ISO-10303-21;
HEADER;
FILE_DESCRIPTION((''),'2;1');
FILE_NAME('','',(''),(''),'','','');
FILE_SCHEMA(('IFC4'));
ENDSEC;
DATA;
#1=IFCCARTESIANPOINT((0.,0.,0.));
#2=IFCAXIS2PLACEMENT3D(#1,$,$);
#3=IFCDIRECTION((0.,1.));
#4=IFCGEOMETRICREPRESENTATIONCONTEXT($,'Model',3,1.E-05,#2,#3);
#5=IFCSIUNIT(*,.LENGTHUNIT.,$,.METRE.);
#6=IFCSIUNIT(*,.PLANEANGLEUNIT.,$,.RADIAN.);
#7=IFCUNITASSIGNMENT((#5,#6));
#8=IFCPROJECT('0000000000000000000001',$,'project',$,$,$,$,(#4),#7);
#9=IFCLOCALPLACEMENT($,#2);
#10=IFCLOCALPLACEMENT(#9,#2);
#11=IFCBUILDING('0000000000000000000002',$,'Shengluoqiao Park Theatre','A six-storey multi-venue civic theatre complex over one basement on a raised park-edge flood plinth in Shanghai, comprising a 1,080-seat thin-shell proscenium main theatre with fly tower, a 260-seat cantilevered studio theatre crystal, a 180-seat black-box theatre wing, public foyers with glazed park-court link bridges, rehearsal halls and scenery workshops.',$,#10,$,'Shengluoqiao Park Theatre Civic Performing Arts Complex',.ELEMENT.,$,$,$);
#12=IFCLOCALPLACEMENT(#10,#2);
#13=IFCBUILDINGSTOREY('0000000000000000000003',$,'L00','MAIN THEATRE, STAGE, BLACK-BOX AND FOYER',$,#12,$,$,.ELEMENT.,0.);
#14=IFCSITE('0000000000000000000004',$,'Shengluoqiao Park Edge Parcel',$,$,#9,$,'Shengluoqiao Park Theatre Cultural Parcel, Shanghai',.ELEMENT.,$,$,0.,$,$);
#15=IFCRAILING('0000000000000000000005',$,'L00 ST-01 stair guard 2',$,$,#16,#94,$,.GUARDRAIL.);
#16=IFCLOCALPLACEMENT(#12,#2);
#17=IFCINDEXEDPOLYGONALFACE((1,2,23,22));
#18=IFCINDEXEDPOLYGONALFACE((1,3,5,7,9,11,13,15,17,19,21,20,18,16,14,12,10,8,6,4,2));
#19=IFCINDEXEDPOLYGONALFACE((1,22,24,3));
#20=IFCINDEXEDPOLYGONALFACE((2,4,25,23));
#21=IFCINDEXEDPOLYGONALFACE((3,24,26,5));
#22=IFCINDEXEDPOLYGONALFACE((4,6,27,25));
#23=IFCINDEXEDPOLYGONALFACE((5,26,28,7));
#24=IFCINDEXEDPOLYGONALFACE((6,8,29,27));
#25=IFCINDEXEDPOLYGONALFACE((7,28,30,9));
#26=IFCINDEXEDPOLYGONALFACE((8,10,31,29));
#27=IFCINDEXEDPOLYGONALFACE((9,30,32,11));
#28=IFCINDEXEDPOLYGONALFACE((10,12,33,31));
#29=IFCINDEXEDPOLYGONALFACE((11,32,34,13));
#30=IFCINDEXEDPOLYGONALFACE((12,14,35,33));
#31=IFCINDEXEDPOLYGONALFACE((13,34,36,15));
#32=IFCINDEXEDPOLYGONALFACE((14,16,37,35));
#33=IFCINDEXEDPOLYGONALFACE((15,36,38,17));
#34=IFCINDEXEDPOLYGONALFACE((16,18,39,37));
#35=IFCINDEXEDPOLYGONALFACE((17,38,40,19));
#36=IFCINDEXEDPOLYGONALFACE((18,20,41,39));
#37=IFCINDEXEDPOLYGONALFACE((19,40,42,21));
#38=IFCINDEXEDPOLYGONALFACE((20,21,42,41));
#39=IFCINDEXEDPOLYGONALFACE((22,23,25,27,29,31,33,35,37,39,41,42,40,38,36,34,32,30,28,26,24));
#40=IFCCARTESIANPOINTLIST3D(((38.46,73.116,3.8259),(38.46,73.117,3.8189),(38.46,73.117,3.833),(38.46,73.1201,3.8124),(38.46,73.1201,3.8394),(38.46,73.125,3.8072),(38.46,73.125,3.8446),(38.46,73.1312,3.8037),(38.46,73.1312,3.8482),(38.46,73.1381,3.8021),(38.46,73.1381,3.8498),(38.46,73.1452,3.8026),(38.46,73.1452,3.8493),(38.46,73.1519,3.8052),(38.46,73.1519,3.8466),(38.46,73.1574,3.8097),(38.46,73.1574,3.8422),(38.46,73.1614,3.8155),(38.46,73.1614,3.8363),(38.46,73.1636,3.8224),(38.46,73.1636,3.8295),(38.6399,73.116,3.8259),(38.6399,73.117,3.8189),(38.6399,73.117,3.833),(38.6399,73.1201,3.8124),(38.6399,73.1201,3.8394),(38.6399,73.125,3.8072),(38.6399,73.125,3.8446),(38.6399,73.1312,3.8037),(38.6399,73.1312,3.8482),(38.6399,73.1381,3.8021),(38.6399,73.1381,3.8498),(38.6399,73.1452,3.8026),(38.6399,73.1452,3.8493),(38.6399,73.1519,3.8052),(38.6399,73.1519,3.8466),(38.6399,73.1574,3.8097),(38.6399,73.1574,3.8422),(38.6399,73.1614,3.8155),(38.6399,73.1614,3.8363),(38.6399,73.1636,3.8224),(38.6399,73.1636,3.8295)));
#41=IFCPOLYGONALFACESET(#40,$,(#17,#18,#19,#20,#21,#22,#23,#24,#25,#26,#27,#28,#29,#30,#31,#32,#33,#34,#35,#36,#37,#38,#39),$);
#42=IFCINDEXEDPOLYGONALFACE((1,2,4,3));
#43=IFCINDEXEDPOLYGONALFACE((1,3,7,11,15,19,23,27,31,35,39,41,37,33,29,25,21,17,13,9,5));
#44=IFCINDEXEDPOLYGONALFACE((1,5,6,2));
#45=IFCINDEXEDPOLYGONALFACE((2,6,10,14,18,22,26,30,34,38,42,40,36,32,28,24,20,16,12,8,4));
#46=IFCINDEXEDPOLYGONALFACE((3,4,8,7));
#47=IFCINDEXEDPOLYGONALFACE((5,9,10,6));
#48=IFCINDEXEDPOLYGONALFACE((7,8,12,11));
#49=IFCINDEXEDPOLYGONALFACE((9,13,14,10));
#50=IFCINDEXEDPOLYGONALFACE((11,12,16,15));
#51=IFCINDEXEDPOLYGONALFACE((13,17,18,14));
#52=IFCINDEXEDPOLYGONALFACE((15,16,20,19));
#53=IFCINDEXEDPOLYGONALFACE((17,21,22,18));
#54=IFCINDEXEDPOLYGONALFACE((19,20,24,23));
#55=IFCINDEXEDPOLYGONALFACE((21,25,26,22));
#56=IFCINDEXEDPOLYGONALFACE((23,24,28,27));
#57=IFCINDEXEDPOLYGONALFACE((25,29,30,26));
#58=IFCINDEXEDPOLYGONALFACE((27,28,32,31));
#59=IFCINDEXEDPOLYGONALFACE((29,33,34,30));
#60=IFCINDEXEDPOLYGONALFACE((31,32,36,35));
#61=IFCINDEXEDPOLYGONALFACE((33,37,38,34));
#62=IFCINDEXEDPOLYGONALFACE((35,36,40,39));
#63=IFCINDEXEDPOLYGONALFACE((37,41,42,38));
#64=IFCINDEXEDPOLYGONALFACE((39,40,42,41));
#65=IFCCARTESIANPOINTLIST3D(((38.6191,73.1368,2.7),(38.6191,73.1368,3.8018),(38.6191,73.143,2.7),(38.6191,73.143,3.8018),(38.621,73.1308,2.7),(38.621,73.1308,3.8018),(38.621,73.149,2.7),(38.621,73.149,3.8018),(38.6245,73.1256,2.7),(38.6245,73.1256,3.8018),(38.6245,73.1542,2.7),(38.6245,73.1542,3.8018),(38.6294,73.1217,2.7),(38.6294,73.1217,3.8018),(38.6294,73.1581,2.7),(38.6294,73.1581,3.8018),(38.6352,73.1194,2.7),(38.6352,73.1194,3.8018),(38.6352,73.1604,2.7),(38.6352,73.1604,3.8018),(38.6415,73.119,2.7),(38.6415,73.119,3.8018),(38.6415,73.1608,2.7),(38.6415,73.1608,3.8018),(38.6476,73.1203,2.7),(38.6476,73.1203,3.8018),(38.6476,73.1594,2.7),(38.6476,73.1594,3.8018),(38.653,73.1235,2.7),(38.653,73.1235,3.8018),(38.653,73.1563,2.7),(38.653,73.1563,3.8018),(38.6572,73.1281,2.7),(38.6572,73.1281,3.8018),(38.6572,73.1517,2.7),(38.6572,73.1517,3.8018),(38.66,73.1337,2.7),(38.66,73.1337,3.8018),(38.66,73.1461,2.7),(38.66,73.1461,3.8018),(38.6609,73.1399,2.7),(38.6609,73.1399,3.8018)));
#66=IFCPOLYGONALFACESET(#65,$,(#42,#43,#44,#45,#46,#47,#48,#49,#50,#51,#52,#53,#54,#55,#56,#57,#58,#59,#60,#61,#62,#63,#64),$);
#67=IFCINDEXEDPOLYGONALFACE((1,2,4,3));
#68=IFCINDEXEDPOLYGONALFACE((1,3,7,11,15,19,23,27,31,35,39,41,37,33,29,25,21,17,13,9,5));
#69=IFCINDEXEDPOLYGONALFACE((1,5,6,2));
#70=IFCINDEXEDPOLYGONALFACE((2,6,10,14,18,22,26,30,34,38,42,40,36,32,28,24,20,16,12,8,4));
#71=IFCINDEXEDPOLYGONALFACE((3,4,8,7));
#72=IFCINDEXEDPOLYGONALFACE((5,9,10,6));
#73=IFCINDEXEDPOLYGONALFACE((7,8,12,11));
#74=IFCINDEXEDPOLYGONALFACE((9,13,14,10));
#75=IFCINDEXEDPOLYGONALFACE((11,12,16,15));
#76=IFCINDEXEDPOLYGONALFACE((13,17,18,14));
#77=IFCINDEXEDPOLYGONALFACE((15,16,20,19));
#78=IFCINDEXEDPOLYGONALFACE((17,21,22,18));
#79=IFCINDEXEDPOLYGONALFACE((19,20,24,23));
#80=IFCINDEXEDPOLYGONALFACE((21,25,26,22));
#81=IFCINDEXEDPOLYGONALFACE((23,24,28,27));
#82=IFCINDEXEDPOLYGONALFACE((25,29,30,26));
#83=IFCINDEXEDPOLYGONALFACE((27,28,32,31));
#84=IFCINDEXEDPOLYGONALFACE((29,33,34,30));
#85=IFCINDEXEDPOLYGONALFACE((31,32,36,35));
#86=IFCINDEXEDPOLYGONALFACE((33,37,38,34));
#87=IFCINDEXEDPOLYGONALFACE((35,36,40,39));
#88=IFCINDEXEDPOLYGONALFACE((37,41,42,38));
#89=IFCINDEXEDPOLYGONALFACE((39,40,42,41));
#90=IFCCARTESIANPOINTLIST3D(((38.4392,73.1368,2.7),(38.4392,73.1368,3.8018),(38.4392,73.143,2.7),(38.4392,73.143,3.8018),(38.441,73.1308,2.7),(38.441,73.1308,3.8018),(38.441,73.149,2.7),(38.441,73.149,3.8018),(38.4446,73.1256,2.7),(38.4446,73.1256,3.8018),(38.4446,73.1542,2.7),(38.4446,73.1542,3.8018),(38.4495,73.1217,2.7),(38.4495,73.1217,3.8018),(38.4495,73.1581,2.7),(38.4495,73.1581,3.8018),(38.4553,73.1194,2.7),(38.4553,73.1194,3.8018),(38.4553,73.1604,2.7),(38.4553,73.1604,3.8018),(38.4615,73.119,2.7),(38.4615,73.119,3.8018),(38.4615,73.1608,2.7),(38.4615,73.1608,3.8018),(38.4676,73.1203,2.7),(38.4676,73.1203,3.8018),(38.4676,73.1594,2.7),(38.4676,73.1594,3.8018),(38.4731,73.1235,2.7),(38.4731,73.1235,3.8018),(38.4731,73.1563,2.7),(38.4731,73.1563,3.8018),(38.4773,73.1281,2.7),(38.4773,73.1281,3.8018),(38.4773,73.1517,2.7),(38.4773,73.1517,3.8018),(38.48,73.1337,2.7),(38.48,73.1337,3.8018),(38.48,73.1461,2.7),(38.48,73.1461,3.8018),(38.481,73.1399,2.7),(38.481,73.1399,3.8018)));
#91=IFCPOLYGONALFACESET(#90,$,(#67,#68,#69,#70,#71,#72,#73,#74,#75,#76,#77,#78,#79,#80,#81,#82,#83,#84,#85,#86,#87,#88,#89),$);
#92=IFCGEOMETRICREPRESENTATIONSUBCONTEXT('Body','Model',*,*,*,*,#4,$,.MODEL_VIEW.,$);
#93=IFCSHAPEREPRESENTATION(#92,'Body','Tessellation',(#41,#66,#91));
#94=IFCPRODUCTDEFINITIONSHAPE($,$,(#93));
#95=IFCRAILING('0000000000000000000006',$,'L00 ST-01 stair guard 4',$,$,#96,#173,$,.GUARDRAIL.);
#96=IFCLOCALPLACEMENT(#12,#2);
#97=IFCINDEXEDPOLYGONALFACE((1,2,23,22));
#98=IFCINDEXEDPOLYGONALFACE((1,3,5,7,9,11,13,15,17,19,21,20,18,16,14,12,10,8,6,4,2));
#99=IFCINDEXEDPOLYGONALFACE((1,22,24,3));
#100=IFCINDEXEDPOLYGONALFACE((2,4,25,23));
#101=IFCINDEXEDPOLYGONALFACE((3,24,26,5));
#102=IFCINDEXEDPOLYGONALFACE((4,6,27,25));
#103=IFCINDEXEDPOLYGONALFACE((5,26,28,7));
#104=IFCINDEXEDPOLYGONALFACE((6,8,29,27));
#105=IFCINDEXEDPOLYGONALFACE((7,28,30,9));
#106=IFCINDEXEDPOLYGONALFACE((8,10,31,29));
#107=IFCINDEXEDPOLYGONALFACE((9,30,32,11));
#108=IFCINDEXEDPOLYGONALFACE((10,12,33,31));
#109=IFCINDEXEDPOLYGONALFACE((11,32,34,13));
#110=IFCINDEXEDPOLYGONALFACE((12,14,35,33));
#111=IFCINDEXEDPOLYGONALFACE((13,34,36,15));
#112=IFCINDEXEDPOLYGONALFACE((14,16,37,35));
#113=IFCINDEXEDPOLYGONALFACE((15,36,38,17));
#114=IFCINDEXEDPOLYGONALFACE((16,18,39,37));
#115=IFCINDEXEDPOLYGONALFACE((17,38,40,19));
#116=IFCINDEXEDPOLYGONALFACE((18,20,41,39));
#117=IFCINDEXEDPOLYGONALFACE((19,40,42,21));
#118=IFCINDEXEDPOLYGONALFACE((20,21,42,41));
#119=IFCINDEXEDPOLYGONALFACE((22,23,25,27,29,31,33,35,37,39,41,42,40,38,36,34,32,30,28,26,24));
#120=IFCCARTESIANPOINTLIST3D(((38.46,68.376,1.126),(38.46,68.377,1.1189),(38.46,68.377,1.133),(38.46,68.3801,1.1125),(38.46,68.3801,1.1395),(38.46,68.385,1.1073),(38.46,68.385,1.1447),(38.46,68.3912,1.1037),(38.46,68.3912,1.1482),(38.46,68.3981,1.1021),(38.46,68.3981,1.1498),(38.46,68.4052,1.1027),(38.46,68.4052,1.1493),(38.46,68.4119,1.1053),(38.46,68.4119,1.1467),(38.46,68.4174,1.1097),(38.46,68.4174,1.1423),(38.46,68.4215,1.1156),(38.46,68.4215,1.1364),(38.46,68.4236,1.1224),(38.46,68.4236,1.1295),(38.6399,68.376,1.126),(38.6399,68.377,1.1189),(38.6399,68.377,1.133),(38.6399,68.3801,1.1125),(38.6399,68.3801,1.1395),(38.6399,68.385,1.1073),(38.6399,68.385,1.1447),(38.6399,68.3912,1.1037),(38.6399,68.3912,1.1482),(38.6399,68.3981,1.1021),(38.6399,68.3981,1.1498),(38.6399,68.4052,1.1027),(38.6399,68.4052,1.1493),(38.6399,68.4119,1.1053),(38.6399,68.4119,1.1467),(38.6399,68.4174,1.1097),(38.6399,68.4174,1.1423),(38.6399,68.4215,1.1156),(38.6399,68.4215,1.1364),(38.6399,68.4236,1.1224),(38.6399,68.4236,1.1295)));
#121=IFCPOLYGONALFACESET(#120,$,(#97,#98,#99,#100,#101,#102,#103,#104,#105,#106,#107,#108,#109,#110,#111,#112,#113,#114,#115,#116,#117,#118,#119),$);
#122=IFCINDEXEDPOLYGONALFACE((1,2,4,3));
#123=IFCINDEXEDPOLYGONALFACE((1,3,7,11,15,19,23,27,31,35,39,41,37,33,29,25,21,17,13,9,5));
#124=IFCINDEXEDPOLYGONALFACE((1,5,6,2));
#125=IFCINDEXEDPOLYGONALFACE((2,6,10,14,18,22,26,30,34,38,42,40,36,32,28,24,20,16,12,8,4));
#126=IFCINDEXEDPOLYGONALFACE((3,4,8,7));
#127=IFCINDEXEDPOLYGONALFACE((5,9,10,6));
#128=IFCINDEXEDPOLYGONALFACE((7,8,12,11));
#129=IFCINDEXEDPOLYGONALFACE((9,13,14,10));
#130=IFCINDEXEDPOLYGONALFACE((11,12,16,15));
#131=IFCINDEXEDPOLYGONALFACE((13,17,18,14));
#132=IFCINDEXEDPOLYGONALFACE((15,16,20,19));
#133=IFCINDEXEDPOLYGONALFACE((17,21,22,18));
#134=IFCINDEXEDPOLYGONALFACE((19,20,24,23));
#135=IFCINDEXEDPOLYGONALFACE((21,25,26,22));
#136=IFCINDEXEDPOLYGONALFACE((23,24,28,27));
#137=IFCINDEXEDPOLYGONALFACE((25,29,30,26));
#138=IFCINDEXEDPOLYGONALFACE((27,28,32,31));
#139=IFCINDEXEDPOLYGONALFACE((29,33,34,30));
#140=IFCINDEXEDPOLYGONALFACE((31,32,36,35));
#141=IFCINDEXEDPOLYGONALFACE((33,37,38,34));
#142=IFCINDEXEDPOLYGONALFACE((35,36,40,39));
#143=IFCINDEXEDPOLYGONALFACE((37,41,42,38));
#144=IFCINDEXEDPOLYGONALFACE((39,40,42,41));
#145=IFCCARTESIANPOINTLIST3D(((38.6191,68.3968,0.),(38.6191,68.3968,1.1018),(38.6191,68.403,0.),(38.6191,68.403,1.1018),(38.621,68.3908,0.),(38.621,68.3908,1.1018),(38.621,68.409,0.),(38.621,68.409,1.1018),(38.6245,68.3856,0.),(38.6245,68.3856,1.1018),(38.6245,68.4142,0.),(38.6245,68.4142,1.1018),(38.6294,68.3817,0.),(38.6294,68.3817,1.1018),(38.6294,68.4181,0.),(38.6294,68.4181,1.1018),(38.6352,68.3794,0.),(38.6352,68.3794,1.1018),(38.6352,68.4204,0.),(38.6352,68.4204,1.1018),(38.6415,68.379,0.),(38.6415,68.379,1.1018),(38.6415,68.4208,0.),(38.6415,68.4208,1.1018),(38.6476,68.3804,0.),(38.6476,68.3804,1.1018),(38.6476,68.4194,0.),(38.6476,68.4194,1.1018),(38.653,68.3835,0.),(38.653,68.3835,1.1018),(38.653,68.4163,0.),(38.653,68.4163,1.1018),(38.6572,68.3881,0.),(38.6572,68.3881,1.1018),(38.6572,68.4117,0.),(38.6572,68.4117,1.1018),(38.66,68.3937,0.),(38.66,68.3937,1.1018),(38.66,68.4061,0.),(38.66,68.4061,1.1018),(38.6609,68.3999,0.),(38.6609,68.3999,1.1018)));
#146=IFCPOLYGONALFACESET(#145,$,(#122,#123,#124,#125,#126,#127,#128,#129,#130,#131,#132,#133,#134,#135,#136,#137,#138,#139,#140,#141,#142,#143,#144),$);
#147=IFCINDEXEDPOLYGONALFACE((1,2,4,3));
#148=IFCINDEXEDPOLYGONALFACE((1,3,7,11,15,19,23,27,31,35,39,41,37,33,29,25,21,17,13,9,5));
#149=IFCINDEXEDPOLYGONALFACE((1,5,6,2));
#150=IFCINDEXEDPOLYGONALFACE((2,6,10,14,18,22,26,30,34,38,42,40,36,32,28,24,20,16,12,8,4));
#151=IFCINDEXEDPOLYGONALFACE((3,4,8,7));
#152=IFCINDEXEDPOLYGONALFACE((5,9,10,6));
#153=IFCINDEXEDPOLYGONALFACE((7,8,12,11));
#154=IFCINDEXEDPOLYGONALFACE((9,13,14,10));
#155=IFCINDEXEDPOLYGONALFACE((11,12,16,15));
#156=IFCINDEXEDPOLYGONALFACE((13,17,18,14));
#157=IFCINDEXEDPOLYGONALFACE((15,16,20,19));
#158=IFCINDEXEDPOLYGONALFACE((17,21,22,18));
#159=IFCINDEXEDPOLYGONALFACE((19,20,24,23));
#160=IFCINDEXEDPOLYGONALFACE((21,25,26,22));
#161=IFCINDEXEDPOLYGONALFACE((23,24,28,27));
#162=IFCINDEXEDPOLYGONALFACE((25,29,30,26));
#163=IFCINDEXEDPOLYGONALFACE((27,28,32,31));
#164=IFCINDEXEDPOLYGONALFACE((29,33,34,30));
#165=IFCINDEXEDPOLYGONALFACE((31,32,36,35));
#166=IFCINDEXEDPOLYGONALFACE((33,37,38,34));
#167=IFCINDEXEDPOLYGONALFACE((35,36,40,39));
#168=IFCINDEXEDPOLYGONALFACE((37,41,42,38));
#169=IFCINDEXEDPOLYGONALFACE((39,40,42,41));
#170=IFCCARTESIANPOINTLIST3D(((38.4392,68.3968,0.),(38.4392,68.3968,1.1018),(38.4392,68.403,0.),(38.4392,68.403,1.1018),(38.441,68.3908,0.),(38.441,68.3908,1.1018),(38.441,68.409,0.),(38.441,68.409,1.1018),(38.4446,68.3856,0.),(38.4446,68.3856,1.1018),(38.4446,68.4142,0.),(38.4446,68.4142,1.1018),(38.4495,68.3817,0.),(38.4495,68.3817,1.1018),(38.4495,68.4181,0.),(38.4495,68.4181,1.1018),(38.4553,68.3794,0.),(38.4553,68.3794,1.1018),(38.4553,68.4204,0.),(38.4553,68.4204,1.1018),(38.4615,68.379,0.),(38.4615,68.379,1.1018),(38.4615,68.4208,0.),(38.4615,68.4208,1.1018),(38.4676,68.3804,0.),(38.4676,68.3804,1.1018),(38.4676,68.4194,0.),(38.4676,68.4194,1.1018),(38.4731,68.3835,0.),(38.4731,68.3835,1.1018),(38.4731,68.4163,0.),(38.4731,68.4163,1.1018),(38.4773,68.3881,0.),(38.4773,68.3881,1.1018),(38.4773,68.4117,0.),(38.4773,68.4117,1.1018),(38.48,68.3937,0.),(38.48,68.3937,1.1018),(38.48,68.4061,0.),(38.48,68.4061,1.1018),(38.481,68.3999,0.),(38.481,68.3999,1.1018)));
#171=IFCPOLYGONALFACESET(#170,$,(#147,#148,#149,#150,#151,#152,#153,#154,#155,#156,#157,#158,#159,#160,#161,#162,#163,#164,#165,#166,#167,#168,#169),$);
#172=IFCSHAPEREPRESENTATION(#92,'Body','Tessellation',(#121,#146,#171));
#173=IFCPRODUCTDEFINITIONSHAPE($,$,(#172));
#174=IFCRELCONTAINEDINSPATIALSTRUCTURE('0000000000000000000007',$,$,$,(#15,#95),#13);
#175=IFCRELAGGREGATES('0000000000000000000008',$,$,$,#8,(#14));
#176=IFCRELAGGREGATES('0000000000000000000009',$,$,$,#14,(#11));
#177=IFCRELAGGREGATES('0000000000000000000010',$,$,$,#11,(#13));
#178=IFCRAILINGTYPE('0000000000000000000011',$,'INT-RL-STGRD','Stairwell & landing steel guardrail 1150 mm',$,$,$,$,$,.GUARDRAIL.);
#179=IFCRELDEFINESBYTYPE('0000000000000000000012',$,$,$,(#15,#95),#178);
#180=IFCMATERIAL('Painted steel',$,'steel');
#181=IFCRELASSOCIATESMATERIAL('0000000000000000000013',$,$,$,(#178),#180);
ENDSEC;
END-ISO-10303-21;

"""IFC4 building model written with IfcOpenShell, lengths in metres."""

from ifc_helpers import new_model, si_unit, direction, frame, origin, origin_2d, place, context, subcontext, project, spatial, circle, extrude, material, type_object, element, save


model = new_model("IFC4")

# Units and contexts
model_context = context("Model", 3, precision=1e-05, world=origin(), true_north=direction((0.0, 1.0)))
body_context = subcontext(model_context, "Body", "Model", "MODEL_VIEW")
ifc_project = project(units=[si_unit("LENGTHUNIT", "METRE"), si_unit("PLANEANGLEUNIT", "RADIAN")], contexts=[model_context])

# Site, building, storey
site_placement = place(None, origin())
site = spatial("IfcSite", under=ifc_project, at=site_placement, Name="Shengluoqiao Park Edge Parcel", LongName="Shengluoqiao Park Theatre Cultural Parcel, Shanghai", CompositionType="ELEMENT", RefElevation=0.0)
building_placement = place(site_placement, origin())
building = spatial("IfcBuilding", under=site, at=building_placement, Name="Shengluoqiao Park Theatre", Description="A six-storey multi-venue civic theatre complex over one basement on a raised park-edge flood plinth in Shanghai, comprising a 1,080-seat thin-shell proscenium main theatre with fly tower, a 260-seat cantilevered studio theatre crystal, a 180-seat black-box theatre wing, public foyers with glazed park-court link bridges, rehearsal halls and scenery workshops.", LongName="Shengluoqiao Park Theatre Civic Performing Arts Complex", CompositionType="ELEMENT")
storey_placement = place(building_placement, origin())
storey = spatial("IfcBuildingStorey", under=building, at=storey_placement, Name="L00", Description="MAIN THEATRE, STAGE, BLACK-BOX AND FOYER", CompositionType="ELEMENT", Elevation=0.0)

# Railings
ifc_material_1 = material(Name="Painted steel", Category="steel")
railing_type_1 = type_object("IfcRailingType", Name="INT-RL-STGRD", Description="Stairwell & landing steel guardrail 1150 mm", PredefinedType="GUARDRAIL", material=ifc_material_1)
for number, where, name in (
    (1, (38.6399, 73.1399, 2.7), "L00 ST-01 stair guard 2"),
    (2, (38.6399, 68.3999, 0.0), "L00 ST-01 stair guard 4"),
):
    element("IfcRailing", number, at=place(storey_placement, frame(where)), inside=storey, type_object=railing_type_1, Name=name, PredefinedType="GUARDRAIL", context=body_context, shape_type="SweptSolid", body=[
        extrude(circle(Radius=0.0239, at=origin_2d()), frame((0.0, 0.0, 1.126), z_axis=(-1.0, 0.0, 0.0), x_axis=(0.0, -1.0, 0.0)), (0.0, 0.0, 1.0), 0.1799),
        extrude(circle(Radius=0.021, at=origin_2d()), origin(), (0.0, 0.0, 1.0), 1.1018),
        extrude(circle(Radius=0.021, at=origin_2d()), frame((-0.1799, 0.0, 0.0)), (0.0, 0.0, 1.0), 1.1018),
    ])

save(model, "model.ifc")
